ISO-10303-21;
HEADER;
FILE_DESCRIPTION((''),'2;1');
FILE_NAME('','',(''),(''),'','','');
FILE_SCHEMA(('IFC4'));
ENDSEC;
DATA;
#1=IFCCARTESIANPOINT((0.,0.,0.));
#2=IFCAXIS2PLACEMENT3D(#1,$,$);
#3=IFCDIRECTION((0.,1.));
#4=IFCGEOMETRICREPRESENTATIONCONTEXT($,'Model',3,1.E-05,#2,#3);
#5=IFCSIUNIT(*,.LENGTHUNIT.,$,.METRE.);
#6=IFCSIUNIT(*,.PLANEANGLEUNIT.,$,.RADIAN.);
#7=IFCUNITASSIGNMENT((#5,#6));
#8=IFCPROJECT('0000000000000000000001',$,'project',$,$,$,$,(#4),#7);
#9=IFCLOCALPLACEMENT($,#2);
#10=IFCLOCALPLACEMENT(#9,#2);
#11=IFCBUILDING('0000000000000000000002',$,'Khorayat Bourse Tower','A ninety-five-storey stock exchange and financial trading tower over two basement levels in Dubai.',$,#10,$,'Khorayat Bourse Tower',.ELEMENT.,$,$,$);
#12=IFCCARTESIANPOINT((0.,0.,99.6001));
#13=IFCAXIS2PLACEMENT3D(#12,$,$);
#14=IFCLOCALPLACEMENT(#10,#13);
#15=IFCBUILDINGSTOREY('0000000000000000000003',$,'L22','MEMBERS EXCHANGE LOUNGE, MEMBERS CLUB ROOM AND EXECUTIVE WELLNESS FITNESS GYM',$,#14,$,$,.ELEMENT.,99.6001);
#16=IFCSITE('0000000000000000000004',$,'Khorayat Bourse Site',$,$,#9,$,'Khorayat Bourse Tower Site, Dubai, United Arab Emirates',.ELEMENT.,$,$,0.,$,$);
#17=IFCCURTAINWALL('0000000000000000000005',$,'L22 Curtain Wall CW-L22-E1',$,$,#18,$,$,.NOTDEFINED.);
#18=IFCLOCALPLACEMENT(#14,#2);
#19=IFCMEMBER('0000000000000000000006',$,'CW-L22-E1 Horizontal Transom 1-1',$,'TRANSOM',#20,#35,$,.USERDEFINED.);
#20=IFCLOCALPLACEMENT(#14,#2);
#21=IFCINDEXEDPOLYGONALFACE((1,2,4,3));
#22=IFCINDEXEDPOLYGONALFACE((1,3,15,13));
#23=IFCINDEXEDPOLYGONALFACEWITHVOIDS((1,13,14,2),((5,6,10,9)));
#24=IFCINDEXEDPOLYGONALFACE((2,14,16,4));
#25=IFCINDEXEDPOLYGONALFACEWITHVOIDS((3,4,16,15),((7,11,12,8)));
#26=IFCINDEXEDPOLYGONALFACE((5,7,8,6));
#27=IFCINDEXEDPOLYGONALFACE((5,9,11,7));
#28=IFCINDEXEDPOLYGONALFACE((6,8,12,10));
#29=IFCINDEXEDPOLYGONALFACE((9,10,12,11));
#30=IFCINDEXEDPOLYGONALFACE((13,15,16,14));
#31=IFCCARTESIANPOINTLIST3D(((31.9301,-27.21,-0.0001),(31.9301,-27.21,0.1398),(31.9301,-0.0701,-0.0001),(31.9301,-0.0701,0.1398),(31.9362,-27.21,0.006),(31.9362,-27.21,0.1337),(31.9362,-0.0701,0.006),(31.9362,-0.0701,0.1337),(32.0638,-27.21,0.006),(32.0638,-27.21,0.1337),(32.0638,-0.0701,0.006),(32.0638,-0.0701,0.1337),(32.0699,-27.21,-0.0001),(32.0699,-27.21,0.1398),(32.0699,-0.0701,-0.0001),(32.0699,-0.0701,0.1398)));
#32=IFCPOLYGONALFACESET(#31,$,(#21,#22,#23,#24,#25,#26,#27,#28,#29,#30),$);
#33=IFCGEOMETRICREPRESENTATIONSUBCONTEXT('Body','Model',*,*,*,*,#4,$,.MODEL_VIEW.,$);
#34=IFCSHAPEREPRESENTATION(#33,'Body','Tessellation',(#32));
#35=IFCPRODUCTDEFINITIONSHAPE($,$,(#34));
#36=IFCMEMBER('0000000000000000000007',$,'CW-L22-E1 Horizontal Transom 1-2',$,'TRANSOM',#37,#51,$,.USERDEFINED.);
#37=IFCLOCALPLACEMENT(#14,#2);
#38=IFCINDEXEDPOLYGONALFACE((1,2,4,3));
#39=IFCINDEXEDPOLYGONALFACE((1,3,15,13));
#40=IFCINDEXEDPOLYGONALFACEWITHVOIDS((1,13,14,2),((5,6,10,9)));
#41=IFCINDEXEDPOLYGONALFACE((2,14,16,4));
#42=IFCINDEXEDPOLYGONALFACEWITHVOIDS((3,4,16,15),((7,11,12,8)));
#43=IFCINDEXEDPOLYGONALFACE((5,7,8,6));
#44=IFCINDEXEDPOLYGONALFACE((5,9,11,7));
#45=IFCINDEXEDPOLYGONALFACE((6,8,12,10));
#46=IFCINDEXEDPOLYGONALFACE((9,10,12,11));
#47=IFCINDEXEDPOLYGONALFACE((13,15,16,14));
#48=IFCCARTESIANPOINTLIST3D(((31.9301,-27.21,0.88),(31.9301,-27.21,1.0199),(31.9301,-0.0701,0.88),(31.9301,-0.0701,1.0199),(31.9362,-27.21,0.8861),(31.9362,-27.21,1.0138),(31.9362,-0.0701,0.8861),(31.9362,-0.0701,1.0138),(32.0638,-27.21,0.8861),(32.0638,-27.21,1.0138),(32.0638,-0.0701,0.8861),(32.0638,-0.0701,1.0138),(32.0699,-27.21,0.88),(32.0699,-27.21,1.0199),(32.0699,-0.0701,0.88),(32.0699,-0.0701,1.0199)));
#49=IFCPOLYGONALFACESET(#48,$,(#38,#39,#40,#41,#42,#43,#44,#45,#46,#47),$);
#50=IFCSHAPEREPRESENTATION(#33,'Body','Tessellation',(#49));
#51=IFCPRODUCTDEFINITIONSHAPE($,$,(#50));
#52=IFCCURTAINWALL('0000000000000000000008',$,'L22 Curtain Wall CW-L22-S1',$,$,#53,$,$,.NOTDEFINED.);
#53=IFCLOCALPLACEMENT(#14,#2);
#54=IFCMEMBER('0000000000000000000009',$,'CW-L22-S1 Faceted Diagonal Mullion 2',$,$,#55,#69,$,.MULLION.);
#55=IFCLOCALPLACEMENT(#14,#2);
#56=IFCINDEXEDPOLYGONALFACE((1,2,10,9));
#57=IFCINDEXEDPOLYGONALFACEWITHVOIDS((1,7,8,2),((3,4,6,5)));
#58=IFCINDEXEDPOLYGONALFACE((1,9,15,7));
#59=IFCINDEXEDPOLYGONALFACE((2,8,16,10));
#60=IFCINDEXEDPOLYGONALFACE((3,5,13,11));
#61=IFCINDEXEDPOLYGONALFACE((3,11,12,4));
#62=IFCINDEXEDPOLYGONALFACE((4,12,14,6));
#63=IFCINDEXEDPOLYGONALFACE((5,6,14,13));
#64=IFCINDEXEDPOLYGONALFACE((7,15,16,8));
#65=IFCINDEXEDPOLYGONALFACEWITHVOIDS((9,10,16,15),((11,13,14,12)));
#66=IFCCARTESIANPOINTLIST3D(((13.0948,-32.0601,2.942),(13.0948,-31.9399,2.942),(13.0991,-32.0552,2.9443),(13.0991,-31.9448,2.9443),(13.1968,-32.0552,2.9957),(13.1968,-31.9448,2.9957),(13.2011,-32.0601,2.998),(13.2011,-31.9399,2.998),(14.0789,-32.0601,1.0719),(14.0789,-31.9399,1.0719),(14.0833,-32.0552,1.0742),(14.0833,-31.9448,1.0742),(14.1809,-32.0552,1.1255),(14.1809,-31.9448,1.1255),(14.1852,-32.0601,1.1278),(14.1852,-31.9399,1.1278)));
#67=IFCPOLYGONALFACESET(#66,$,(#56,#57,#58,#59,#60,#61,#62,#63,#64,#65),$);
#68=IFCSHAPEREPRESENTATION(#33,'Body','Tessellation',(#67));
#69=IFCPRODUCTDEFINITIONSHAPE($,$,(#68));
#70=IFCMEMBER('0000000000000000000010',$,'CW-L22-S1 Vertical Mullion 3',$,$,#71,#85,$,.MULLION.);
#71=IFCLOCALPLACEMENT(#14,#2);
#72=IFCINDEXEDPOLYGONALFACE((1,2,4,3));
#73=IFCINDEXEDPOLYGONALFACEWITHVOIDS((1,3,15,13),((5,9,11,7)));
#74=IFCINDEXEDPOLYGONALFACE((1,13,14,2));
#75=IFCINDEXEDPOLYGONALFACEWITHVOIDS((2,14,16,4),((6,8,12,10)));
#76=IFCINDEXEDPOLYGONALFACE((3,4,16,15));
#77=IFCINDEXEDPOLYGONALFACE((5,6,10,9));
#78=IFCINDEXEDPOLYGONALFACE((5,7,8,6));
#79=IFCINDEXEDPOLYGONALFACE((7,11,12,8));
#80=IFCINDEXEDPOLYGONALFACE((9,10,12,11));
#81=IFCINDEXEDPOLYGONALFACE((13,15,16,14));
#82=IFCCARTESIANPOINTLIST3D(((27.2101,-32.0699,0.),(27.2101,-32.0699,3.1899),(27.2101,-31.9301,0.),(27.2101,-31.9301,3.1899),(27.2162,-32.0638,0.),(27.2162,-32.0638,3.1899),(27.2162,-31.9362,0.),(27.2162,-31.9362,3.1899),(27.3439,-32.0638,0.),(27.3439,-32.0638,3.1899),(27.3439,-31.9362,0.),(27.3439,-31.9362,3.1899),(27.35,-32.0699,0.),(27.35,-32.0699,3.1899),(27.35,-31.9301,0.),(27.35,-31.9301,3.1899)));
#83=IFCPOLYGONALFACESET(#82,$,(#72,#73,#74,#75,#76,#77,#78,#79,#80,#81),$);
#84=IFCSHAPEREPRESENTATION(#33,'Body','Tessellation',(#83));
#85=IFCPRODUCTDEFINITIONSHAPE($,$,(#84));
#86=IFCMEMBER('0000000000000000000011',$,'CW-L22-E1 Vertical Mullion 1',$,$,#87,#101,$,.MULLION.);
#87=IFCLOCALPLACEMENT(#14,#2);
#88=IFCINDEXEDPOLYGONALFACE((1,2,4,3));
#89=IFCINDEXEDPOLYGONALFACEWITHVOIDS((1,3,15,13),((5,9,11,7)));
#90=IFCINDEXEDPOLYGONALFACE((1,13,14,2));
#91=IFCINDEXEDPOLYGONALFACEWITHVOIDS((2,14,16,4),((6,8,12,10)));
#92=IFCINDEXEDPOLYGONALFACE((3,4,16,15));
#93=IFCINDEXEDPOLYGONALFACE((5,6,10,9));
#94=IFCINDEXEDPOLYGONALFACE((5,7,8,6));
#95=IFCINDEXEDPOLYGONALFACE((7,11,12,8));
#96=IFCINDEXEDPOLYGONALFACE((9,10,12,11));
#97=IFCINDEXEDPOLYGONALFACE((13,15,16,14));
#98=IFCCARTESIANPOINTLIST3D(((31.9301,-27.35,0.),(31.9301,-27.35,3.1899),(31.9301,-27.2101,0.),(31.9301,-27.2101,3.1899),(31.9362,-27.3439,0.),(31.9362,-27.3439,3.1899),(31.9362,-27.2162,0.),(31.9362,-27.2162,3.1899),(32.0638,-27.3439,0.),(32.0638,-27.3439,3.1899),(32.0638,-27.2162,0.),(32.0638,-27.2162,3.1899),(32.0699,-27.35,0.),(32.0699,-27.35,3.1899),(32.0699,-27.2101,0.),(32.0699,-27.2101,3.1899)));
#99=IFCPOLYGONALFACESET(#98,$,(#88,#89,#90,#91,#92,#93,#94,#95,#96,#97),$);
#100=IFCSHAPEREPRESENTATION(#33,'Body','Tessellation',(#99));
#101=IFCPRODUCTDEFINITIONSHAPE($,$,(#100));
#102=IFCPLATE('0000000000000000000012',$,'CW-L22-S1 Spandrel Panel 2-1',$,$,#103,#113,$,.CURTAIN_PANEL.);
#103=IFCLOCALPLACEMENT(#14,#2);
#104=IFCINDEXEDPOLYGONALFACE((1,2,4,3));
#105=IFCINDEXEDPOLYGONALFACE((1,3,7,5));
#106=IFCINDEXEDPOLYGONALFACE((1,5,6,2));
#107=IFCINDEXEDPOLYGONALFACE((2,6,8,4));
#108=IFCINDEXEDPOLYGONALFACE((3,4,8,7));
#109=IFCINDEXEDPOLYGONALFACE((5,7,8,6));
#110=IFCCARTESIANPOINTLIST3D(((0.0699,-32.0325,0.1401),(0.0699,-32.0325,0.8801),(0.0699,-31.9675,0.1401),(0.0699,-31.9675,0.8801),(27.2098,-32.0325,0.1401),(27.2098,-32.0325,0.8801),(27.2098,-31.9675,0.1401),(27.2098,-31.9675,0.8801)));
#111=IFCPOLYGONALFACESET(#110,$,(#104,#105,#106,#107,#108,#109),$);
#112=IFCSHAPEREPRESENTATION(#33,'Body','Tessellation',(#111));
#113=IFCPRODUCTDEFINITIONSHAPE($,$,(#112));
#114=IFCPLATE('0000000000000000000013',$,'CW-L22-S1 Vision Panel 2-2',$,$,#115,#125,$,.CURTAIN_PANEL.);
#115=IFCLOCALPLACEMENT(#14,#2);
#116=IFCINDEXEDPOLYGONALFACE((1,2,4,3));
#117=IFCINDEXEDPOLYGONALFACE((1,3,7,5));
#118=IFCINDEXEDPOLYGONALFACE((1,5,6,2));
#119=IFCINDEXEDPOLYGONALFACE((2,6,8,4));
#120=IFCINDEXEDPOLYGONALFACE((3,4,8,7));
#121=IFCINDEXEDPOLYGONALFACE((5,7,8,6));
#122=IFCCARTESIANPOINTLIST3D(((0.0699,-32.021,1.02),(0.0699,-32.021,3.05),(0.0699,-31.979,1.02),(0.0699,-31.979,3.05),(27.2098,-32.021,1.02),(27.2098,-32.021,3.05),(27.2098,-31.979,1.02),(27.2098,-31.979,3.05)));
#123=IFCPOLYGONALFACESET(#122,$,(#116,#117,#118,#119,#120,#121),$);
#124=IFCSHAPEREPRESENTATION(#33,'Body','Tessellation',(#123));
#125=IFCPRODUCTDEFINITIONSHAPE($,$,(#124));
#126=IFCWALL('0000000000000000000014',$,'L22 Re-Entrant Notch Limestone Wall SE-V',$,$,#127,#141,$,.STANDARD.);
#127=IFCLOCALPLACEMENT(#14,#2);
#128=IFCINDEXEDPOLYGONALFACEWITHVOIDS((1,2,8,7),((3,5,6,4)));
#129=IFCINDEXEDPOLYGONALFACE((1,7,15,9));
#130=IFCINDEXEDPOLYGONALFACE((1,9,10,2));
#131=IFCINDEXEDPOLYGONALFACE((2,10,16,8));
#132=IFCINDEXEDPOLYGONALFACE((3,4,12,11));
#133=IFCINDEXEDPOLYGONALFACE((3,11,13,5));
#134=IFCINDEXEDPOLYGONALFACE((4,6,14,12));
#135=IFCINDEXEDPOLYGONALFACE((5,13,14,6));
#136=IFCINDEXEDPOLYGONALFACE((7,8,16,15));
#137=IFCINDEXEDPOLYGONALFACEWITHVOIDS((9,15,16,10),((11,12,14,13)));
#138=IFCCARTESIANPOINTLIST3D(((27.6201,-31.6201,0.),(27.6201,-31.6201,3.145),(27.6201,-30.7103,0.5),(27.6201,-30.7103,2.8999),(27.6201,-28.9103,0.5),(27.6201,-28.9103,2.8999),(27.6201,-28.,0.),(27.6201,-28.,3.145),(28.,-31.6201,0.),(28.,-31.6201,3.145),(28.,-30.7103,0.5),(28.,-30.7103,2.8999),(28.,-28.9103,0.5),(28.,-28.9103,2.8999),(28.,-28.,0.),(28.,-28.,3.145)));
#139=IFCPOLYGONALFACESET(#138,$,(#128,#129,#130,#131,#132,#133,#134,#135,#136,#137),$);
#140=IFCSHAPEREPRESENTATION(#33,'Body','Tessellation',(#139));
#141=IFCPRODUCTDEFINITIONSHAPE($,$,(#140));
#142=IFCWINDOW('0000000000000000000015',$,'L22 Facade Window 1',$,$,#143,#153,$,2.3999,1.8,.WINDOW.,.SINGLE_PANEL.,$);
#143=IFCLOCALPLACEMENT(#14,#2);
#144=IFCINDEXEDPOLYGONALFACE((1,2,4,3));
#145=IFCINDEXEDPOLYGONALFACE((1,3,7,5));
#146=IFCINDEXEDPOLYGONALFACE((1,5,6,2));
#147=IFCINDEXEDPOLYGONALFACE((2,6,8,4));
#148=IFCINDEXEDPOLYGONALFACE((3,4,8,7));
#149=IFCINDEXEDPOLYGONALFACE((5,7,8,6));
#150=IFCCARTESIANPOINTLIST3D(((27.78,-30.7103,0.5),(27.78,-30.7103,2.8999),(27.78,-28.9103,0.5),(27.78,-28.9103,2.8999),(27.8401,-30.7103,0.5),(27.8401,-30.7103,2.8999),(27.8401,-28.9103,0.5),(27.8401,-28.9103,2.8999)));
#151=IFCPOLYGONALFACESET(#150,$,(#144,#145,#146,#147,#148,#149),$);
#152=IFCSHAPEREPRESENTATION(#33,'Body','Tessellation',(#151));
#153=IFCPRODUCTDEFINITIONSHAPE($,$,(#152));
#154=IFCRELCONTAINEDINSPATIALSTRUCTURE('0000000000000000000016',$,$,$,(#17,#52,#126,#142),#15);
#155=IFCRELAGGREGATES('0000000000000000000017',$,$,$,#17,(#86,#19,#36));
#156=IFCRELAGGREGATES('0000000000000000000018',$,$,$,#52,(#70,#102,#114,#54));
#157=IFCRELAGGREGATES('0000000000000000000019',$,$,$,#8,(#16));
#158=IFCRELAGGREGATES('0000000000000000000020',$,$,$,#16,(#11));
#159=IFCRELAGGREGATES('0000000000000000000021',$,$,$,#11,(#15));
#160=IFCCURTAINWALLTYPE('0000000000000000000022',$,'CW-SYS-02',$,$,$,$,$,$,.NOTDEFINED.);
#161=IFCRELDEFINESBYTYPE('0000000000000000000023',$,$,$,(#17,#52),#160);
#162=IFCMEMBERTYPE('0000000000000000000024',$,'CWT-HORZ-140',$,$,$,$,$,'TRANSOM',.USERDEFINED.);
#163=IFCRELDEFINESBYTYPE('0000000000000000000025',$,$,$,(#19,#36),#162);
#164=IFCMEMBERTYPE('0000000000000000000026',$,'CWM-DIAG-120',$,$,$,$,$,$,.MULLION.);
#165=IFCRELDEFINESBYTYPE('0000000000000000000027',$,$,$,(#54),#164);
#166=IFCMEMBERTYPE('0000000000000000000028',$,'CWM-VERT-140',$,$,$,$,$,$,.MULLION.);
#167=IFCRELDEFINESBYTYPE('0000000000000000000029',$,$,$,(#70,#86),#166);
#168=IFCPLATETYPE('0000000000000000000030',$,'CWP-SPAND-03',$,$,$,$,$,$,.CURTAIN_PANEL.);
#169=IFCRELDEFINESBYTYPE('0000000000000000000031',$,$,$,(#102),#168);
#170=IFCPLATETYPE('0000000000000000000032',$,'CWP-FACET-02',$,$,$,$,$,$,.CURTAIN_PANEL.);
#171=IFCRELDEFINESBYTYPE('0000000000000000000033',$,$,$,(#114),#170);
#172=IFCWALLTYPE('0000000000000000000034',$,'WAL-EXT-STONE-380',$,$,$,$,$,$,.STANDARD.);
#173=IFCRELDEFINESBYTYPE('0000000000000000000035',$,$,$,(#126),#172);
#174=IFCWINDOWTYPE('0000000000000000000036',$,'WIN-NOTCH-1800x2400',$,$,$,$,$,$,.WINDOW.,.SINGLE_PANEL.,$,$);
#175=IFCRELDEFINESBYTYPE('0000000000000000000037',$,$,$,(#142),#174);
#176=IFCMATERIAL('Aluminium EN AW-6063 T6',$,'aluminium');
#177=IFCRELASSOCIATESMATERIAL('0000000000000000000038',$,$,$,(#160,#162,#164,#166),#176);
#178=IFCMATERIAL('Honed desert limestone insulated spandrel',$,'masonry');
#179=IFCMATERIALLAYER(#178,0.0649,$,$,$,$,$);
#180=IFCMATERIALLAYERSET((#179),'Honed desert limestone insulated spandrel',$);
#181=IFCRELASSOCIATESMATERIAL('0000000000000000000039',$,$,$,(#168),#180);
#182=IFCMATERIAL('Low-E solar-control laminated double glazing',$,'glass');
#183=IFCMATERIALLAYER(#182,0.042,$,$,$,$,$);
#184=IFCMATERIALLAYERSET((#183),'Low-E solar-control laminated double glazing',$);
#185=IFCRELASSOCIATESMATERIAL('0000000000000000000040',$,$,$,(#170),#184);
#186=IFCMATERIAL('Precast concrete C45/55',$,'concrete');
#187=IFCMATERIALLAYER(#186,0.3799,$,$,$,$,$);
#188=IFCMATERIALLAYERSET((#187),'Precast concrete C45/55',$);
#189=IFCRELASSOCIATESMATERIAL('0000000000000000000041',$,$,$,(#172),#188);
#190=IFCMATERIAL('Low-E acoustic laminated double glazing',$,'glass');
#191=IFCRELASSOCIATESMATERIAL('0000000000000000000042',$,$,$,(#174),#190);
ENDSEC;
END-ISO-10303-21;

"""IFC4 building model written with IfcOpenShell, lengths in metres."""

from ifc_helpers import new_model, si_unit, direction, frame, frame_2d, origin, origin_2d, place, context, subcontext, project, spatial, rectangle, hollow_rectangle, extrude, source, transform, mapped, material, layer, layer_set, material_profile, profile_set, type_object, element, fill, aggregate, save


model = new_model("IFC4")

# Units and contexts
model_context = context("Model", 3, precision=1e-05, world=origin(), true_north=direction((0.0, 1.0)))
body_context = subcontext(model_context, "Body", "Model", "MODEL_VIEW")
ifc_project = project(units=[si_unit("LENGTHUNIT", "METRE"), si_unit("PLANEANGLEUNIT", "RADIAN")], contexts=[model_context])

# Site, building, storey
site_placement = place(None, origin())
site = spatial("IfcSite", under=ifc_project, at=site_placement, Name="Khorayat Bourse Site", LongName="Khorayat Bourse Tower Site, Dubai, United Arab Emirates", CompositionType="ELEMENT", RefElevation=0.0)
building_placement = place(site_placement, origin())
building = spatial("IfcBuilding", under=site, at=building_placement, Name="Khorayat Bourse Tower", Description="A ninety-five-storey stock exchange and financial trading tower over two basement levels in Dubai.", LongName="Khorayat Bourse Tower", CompositionType="ELEMENT")
storey_placement = place(building_placement, frame((0.0, 0.0, 99.6001)))
storey = spatial("IfcBuildingStorey", under=building, at=storey_placement, Name="L22", Description="MEMBERS EXCHANGE LOUNGE, MEMBERS CLUB ROOM AND EXECUTIVE WELLNESS FITNESS GYM", CompositionType="ELEMENT", Elevation=99.6001)

# Curtain walls, members
ifc_material_1 = material(Name="Aluminium EN AW-6063 T6", Category="aluminium")
curtain_wall_type = type_object("IfcCurtainWallType", Name="CW-SYS-02", PredefinedType="NOTDEFINED", material=ifc_material_1)
curtain_wall_1_placement = place(storey_placement, origin())
curtain_wall_1 = element("IfcCurtainWall", 1, at=curtain_wall_1_placement, inside=storey, type_object=curtain_wall_type, Name="L22 Curtain Wall CW-L22-E1", PredefinedType="NOTDEFINED")
ifc_material_profile_1 = material_profile(ifc_material_1, hollow_rectangle(XDim=0.1399, YDim=0.1399, WallThickness=0.0061, at=origin_2d()), Name="ALU 140x140x6")
ifc_profile_set_1 = profile_set([ifc_material_profile_1], Name="Aluminium EN AW-6063 T6")
member_type_1 = type_object("IfcMemberType", Name="CWT-HORZ-140", ElementType="TRANSOM", PredefinedType="USERDEFINED", material=ifc_profile_set_1)
shared_shape_1 = source(origin(), body_context, "Body", "SweptSolid", [
    extrude(hollow_rectangle(XDim=0.1399, YDim=0.1399, WallThickness=0.0061, at=origin_2d()), origin(), (0.0, 0.0, 1.0), 27.1399),
])
member_1_placement = place(storey_placement, frame((32.0, -27.21, 0.0698), z_axis=(0.0, 1.0, 0.0), x_axis=(-1.0, 0.0, 0.0)))
member_1 = element("IfcMember", 2, at=member_1_placement, type_object=member_type_1, Name="CW-L22-E1 Horizontal Transom 1-1", ObjectType="TRANSOM", PredefinedType="USERDEFINED", context=body_context, shape_type="MappedRepresentation", body=[
    mapped(shared_shape_1, transform((0.0, 0.0, 0.0), scale=1.0)),
])
member_2_placement = place(storey_placement, frame((32.0, -27.21, 0.95), z_axis=(0.0, 1.0, 0.0), x_axis=(-1.0, 0.0, 0.0)))
member_2 = element("IfcMember", 3, at=member_2_placement, type_object=member_type_1, Name="CW-L22-E1 Horizontal Transom 1-2", ObjectType="TRANSOM", PredefinedType="USERDEFINED", context=body_context, shape_type="MappedRepresentation", body=[
    mapped(shared_shape_1, transform((0.0, 0.0, 0.0), scale=1.0)),
])
curtain_wall_2_placement = place(storey_placement, origin())
curtain_wall_2 = element("IfcCurtainWall", 4, at=curtain_wall_2_placement, inside=storey, type_object=curtain_wall_type, Name="L22 Curtain Wall CW-L22-S1", PredefinedType="NOTDEFINED")
ifc_material_profile_2 = material_profile(ifc_material_1, hollow_rectangle(XDim=0.1201, YDim=0.1201, WallThickness=0.0049, at=origin_2d()), Name="ALU 120x120x5")
ifc_profile_set_2 = profile_set([ifc_material_profile_2], Name="Aluminium EN AW-6063 T6")
member_type_2 = type_object("IfcMemberType", Name="CWM-DIAG-120", PredefinedType="MULLION", material=ifc_profile_set_2)
shared_shape_2 = source(origin(), body_context, "Body", "SweptSolid", [
    extrude(hollow_rectangle(XDim=0.1201, YDim=0.1201, WallThickness=0.0049, at=origin_2d()), origin(), (0.0, 0.0, 1.0), 2.1133),
])
member_3_placement = place(storey_placement, frame((14.1321, -32.0, 1.0999), z_axis=(-0.465694, 0.0, 0.884946), x_axis=(0.0, -1.0, 0.0)))
member_3 = element("IfcMember", 5, at=member_3_placement, type_object=member_type_2, Name="CW-L22-S1 Faceted Diagonal Mullion 2", PredefinedType="MULLION", context=body_context, shape_type="MappedRepresentation", body=[
    mapped(shared_shape_2, transform((0.0, 0.0, 0.0), scale=1.0)),
])
ifc_material_profile_3 = material_profile(ifc_material_1, hollow_rectangle(XDim=0.1399, YDim=0.1399, WallThickness=0.0061, at=origin_2d()), Name="ALU 140x140x6")
ifc_profile_set_3 = profile_set([ifc_material_profile_3], Name="Aluminium EN AW-6063 T6")
member_type_3 = type_object("IfcMemberType", Name="CWM-VERT-140", PredefinedType="MULLION", material=ifc_profile_set_3)
shared_shape_3 = source(origin(), body_context, "Body", "SweptSolid", [
    extrude(hollow_rectangle(XDim=0.1399, YDim=0.1399, WallThickness=0.0061, at=origin_2d()), origin(), (0.0, 0.0, 1.0), 3.1899),
])
member_4_placement = place(storey_placement, frame((27.28, -32.0, 0.0), z_axis=(0.0, 0.0, 1.0), x_axis=(0.0, 1.0, 0.0)))
member_4 = element("IfcMember", 6, at=member_4_placement, type_object=member_type_3, Name="CW-L22-S1 Vertical Mullion 3", PredefinedType="MULLION", context=body_context, shape_type="MappedRepresentation", body=[
    mapped(shared_shape_3, transform((0.0, 0.0, 0.0), scale=1.0)),
])

# Member
member_5_placement = place(storey_placement, frame((32.0, -27.28, 0.0), z_axis=(0.0, 0.0, 1.0), x_axis=(-1.0, 0.0, 0.0)))
member_5 = element("IfcMember", 7, at=member_5_placement, type_object=member_type_3, Name="CW-L22-E1 Vertical Mullion 1", PredefinedType="MULLION", context=body_context, shape_type="MappedRepresentation", body=[
    mapped(shared_shape_3, transform((0.0, 0.0, 0.0), scale=1.0)),
])
aggregate(curtain_wall_1, [member_5, member_1, member_2])

# Plates
ifc_material_2 = material(Name="Honed desert limestone insulated spandrel", Category="masonry")
ifc_layer_1 = layer(ifc_material_2, 0.0649)
ifc_layer_set_1 = layer_set([ifc_layer_1], Name="Honed desert limestone insulated spandrel")
plate_type_1 = type_object("IfcPlateType", Name="CWP-SPAND-03", PredefinedType="CURTAIN_PANEL", material=ifc_layer_set_1)
shared_shape_4 = source(origin(), body_context, "Body", "SweptSolid", [
    extrude(rectangle(XDim=27.1399, YDim=0.0649, at=origin_2d()), origin(), (0.0, 0.0, 1.0), 0.74),
])
plate_1_placement = place(storey_placement, frame((13.6399, -32.0, 0.1401), z_axis=(0.0, 0.0, 1.0), x_axis=(1.0, 0.0, 0.0)))
plate_1 = element("IfcPlate", 8, at=plate_1_placement, type_object=plate_type_1, Name="CW-L22-S1 Spandrel Panel 2-1", PredefinedType="CURTAIN_PANEL", context=body_context, shape_type="MappedRepresentation", body=[
    mapped(shared_shape_4, transform((0.0, 0.0, 0.0), scale=1.0)),
])
ifc_material_3 = material(Name="Low-E solar-control laminated double glazing", Category="glass")
ifc_layer_2 = layer(ifc_material_3, 0.042)
ifc_layer_set_2 = layer_set([ifc_layer_2], Name="Low-E solar-control laminated double glazing")
plate_type_2 = type_object("IfcPlateType", Name="CWP-FACET-02", PredefinedType="CURTAIN_PANEL", material=ifc_layer_set_2)
shared_shape_5 = source(origin(), body_context, "Body", "SweptSolid", [
    extrude(rectangle(XDim=27.1399, YDim=0.042, at=origin_2d()), origin(), (0.0, 0.0, 1.0), 2.03),
])
plate_2_placement = place(storey_placement, frame((13.6399, -32.0, 1.02), z_axis=(0.0, 0.0, 1.0), x_axis=(1.0, 0.0, 0.0)))
plate_2 = element("IfcPlate", 9, at=plate_2_placement, type_object=plate_type_2, Name="CW-L22-S1 Vision Panel 2-2", PredefinedType="CURTAIN_PANEL", context=body_context, shape_type="MappedRepresentation", body=[
    mapped(shared_shape_5, transform((0.0, 0.0, 0.0), scale=1.0)),
])
aggregate(curtain_wall_2, [member_4, plate_1, plate_2, member_3])

# Wall, opening, window
ifc_material_4 = material(Name="Precast concrete C45/55", Category="concrete")
ifc_layer_3 = layer(ifc_material_4, 0.3799)
ifc_layer_set_3 = layer_set([ifc_layer_3], Name="Precast concrete C45/55")
wall_type_1 = type_object("IfcWallType", Name="WAL-EXT-STONE-380", PredefinedType="STANDARD", material=ifc_layer_set_3)
shared_shape_6 = source(origin(), body_context, "Body", "SweptSolid", [
    extrude(rectangle(XDim=3.6201, YDim=0.3799, at=frame_2d((1.8101, 0.0))), origin(), (0.0, 0.0, 1.0), 3.145),
])
wall_1_placement = place(storey_placement, frame((27.8101, -31.6201, 0.0), z_axis=(0.0, 0.0, 1.0), x_axis=(0.0, 1.0, 0.0)))
wall_1 = element("IfcWall", 10, at=wall_1_placement, inside=storey, type_object=wall_type_1, Name="L22 Re-Entrant Notch Limestone Wall SE-V", PredefinedType="STANDARD", context=body_context, shape_type="MappedRepresentation", body=[
    mapped(shared_shape_6, transform((0.0, 0.0, 0.0), scale=1.0)),
])
shared_shape_7 = source(origin(), body_context, "Body", "SweptSolid", [
    extrude(rectangle(XDim=1.8, YDim=2.3999, at=frame_2d((0.8999, 1.2))), frame((0.0, 0.2, 0.0), z_axis=(0.0, -1.0, 0.0), x_axis=(1.0, 0.0, 0.0)), (0.0, 0.0, 1.0), 0.3999),
])
opening_1_placement = place(wall_1_placement, frame((0.9099, 0.0, 0.5)))
opening_1 = element("IfcOpeningElement", 11, at=opening_1_placement, cuts=wall_1, PredefinedType="OPENING", context=body_context, shape_type="MappedRepresentation", body=[
    mapped(shared_shape_7, transform((0.0, 0.0, 0.0), scale=1.0)),
])
ifc_material_5 = material(Name="Low-E acoustic laminated double glazing", Category="glass")
window_type = type_object("IfcWindowType", Name="WIN-NOTCH-1800x2400", PartitioningType="SINGLE_PANEL", PredefinedType="WINDOW", material=ifc_material_5)
shared_shape_8 = source(origin(), body_context, "Body", "SweptSolid", [
    extrude(rectangle(XDim=1.8, YDim=2.3999, at=frame_2d((0.8999, 1.2))), frame((0.0, 0.03, 0.0), z_axis=(0.0, -1.0, 0.0), x_axis=(1.0, 0.0, 0.0)), (0.0, 0.0, 1.0), 0.0601),
])
window_1_placement = place(opening_1_placement, origin())
window_1 = element("IfcWindow", 12, at=window_1_placement, inside=storey, type_object=window_type, Name="L22 Facade Window 1", OverallHeight=2.3999, OverallWidth=1.8, PartitioningType="SINGLE_PANEL", PredefinedType="WINDOW", context=body_context, shape_type="MappedRepresentation", body=[
    mapped(shared_shape_8, transform((0.0, 0.0, 0.0), scale=1.0)),
])
fill(opening_1, window_1)

save(model, "model.ifc")
